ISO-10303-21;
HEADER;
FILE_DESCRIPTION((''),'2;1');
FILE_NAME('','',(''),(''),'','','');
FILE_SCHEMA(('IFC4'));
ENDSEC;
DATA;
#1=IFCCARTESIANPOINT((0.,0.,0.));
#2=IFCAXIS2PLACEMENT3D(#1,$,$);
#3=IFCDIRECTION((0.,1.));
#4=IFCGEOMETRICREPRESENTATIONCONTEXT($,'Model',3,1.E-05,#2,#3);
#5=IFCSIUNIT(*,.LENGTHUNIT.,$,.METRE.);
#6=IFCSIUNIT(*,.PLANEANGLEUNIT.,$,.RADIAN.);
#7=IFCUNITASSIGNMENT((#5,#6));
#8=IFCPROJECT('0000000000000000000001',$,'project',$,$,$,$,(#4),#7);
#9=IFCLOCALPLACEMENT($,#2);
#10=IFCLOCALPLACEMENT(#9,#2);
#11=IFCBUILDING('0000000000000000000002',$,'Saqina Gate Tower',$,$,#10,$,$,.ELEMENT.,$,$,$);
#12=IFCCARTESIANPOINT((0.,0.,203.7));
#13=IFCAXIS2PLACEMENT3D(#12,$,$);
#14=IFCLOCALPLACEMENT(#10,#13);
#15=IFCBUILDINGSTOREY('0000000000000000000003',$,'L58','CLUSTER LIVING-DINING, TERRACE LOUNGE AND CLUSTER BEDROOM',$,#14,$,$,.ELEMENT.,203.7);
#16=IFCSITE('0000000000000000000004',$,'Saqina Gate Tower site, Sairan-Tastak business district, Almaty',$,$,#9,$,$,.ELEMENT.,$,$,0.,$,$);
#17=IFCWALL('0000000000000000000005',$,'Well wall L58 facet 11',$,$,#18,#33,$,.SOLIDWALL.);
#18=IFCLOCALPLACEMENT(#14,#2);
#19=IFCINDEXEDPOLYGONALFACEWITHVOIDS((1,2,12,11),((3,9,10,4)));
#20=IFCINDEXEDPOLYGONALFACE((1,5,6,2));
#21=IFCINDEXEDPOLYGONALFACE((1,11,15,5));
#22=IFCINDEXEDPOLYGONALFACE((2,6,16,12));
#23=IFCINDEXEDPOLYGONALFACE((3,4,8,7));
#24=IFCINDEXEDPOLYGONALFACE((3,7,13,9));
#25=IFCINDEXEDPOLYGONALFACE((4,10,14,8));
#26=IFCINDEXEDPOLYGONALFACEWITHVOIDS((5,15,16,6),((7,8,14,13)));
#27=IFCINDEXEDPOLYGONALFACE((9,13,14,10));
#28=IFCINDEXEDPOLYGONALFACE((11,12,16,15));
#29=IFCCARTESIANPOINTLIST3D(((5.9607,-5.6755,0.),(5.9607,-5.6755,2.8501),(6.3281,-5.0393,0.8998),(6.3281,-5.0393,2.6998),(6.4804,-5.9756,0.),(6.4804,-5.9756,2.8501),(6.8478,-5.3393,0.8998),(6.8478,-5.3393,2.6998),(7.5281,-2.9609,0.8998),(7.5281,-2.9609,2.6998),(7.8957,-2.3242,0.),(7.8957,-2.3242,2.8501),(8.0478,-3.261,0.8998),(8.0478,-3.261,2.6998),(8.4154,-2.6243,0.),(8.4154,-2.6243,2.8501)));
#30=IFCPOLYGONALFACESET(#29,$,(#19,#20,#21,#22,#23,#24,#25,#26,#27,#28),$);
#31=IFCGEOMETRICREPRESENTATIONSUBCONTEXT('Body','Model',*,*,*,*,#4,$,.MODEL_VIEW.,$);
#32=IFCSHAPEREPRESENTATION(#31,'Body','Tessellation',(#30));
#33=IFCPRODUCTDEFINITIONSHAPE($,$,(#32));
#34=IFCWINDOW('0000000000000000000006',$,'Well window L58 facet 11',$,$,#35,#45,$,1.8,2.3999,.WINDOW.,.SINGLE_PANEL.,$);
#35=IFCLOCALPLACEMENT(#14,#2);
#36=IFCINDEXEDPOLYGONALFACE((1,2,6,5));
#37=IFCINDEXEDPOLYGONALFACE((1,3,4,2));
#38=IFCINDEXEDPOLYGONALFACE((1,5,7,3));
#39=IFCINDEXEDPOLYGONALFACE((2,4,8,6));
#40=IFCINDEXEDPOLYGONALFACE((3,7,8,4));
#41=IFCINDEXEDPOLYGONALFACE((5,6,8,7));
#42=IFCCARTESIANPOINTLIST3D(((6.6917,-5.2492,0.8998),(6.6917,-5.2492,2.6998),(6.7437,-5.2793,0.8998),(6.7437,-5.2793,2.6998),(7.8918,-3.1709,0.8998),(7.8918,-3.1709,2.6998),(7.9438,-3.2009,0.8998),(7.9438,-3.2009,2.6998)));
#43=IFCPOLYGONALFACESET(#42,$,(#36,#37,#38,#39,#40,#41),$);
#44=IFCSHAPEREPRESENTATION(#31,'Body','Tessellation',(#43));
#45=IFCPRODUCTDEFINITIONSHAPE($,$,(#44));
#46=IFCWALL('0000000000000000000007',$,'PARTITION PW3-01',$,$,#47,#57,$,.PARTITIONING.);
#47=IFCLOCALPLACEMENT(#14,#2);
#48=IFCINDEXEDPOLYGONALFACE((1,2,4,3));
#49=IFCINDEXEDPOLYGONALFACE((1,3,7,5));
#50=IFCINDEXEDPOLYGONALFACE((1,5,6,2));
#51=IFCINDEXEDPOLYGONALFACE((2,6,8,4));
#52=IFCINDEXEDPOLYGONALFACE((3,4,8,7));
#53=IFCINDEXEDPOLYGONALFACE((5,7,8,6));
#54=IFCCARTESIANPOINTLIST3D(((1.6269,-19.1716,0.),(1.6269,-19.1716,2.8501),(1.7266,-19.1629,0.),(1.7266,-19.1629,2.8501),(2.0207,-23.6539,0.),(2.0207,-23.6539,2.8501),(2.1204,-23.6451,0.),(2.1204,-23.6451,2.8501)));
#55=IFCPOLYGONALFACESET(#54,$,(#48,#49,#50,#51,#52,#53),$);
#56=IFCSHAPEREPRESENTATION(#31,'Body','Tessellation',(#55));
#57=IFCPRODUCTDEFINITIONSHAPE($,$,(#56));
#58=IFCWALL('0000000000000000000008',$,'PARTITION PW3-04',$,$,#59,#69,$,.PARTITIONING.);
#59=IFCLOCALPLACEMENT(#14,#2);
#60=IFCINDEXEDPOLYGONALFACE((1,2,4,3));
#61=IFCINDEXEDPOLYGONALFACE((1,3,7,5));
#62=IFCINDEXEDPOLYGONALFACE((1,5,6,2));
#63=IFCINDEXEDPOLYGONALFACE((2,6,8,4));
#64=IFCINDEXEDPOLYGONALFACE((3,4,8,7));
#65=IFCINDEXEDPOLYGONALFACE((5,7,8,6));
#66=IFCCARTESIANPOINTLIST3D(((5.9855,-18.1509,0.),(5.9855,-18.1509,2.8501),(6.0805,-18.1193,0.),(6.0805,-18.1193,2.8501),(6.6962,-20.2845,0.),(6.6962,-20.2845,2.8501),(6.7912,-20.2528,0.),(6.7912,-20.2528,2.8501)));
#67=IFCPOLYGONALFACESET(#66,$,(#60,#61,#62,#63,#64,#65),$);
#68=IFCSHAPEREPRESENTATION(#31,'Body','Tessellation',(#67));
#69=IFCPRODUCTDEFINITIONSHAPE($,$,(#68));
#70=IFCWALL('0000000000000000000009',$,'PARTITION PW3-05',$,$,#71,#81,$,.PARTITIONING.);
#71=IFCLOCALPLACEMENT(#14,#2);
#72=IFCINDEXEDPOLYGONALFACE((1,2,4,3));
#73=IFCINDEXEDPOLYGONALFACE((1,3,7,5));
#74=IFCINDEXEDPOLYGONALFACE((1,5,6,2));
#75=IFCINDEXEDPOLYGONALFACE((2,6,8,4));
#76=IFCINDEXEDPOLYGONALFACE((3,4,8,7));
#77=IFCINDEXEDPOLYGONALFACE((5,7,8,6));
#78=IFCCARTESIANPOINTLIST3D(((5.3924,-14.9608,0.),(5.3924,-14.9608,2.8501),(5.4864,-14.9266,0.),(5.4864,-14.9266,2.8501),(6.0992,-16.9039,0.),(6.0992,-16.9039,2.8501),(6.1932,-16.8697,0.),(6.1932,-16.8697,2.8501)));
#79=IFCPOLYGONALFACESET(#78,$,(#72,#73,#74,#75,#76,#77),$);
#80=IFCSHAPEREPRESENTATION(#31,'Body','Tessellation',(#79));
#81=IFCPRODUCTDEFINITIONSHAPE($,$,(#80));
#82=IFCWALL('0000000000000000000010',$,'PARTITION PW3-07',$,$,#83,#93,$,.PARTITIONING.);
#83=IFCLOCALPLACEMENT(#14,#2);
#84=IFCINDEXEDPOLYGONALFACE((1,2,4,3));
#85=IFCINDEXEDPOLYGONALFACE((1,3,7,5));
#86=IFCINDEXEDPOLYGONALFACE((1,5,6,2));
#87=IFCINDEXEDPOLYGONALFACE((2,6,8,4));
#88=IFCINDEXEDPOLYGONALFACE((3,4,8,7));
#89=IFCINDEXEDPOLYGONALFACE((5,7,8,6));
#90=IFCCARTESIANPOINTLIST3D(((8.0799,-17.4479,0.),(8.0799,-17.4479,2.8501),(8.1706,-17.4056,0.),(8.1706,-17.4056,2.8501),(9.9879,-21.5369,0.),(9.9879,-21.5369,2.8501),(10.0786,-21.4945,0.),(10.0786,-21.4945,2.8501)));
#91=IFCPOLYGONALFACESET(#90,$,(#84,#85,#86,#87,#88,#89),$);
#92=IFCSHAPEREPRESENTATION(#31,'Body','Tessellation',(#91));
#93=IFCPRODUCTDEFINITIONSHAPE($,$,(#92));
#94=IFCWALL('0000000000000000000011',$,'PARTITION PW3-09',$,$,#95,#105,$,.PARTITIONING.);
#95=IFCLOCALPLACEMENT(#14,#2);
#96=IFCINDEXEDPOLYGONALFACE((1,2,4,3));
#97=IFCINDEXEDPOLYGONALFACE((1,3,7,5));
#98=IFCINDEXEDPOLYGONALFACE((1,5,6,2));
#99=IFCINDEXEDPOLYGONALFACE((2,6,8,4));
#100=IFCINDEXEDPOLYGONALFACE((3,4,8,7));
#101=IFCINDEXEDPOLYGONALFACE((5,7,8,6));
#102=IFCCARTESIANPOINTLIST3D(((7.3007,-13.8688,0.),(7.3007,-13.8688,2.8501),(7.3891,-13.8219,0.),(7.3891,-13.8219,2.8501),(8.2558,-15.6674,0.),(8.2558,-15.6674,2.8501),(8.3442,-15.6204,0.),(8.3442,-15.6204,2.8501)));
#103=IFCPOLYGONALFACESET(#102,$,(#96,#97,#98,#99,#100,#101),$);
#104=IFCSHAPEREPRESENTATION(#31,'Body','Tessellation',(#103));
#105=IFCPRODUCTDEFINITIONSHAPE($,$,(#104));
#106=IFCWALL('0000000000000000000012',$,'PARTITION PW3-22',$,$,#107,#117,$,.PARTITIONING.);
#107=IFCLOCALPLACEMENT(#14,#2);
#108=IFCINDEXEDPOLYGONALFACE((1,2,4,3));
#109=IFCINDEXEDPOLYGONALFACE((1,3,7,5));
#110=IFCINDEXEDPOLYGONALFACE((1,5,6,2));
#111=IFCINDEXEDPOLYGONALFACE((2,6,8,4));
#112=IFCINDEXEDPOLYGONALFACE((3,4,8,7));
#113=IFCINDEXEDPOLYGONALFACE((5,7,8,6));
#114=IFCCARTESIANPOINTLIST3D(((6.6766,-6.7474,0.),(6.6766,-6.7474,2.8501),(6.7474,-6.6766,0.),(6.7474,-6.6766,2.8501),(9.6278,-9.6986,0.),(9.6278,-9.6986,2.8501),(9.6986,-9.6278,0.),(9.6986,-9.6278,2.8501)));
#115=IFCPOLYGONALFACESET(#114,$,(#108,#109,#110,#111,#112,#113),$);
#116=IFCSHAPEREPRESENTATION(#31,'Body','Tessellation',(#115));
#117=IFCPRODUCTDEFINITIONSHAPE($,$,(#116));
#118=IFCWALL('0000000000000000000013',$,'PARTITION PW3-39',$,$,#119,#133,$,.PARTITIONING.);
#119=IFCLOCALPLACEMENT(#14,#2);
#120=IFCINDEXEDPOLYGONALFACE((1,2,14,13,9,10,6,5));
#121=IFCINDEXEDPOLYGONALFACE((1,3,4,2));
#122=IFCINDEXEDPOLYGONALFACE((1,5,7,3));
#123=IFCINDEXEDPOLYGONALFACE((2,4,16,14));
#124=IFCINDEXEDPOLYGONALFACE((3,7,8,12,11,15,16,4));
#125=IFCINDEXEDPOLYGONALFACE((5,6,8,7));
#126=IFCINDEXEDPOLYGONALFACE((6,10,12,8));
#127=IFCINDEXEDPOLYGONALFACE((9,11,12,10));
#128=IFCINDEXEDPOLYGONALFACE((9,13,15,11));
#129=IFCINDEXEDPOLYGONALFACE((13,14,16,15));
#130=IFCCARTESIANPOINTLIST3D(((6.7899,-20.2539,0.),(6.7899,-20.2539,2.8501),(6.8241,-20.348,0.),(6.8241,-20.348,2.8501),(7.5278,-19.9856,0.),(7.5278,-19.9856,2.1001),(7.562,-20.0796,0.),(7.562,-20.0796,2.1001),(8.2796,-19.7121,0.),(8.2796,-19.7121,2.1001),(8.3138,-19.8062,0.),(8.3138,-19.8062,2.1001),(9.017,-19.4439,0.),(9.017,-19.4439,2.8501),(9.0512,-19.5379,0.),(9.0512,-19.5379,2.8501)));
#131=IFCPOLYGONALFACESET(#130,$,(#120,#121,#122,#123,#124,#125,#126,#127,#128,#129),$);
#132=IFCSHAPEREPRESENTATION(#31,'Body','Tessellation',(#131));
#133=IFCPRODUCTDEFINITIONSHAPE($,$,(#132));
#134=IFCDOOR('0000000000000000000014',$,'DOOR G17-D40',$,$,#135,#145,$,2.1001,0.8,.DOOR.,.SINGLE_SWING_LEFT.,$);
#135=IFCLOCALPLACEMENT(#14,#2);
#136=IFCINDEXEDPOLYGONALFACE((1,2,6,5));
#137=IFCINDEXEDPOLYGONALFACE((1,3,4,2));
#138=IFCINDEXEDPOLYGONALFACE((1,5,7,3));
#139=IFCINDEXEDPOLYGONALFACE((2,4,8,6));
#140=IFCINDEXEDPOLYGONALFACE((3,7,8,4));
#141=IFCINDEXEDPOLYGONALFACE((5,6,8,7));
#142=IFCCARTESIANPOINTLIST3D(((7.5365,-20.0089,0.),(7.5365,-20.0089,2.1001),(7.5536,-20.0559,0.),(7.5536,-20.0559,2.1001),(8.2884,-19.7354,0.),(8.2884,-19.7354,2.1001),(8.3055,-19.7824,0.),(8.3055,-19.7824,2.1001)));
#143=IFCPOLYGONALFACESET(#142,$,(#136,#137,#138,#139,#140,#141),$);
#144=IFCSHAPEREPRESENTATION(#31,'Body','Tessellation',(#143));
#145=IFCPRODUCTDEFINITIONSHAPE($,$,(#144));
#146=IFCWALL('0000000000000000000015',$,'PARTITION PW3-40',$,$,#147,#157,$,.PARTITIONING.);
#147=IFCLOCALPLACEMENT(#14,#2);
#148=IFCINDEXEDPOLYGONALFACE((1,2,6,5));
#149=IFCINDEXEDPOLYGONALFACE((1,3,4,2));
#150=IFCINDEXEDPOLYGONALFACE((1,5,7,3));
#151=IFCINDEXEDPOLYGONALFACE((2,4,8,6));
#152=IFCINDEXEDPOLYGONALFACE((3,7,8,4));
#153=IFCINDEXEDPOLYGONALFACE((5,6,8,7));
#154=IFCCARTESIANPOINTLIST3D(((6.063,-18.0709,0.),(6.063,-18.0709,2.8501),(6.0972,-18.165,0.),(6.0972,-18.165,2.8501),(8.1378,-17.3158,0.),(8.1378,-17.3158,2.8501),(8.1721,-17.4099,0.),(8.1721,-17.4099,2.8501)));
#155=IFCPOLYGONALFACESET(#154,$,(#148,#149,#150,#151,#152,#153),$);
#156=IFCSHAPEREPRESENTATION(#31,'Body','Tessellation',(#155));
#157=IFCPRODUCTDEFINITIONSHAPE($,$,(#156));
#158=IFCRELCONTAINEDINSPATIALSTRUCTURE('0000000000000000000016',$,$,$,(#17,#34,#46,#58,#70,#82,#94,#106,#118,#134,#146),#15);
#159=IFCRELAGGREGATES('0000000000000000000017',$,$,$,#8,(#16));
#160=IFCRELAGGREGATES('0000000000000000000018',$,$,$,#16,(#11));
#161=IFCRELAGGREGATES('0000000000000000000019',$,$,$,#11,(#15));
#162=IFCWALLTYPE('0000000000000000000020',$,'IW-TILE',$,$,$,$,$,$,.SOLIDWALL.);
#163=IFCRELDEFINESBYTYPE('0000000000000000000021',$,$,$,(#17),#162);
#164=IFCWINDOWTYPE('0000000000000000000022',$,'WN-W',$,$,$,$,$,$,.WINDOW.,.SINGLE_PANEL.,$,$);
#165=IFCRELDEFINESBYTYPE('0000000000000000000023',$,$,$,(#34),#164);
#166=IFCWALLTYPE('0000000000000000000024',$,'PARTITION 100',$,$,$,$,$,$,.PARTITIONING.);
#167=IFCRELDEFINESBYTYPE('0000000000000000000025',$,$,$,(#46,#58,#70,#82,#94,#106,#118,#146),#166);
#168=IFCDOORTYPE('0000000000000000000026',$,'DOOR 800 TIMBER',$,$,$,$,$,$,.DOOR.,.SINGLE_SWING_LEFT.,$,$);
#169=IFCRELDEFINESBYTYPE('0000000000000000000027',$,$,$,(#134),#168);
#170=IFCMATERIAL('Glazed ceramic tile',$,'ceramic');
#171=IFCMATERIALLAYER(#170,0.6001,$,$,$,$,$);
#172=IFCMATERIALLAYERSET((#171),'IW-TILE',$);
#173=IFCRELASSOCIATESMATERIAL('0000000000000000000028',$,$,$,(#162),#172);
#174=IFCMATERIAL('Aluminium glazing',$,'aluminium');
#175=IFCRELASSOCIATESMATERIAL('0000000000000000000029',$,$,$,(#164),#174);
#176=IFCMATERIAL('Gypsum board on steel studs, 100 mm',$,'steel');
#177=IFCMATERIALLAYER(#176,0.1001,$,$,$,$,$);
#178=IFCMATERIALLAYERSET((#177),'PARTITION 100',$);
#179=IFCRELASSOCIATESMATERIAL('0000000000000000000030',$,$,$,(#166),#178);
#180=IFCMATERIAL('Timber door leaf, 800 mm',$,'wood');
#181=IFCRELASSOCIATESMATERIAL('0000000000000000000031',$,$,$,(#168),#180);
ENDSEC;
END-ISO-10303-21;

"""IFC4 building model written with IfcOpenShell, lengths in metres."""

from ifc_helpers import new_model, si_unit, direction, frame, frame_2d, origin, place, context, subcontext, project, spatial, rectangle, extrude, material, layer, layer_set, type_object, element, fill, save


model = new_model("IFC4")

# Units and contexts
model_context = context("Model", 3, precision=1e-05, world=origin(), true_north=direction((0.0, 1.0)))
body_context = subcontext(model_context, "Body", "Model", "MODEL_VIEW")
ifc_project = project(units=[si_unit("LENGTHUNIT", "METRE"), si_unit("PLANEANGLEUNIT", "RADIAN")], contexts=[model_context])

# Site, building, storey
site_placement = place(None, origin())
site = spatial("IfcSite", under=ifc_project, at=site_placement, Name="Saqina Gate Tower site, Sairan-Tastak business district, Almaty", CompositionType="ELEMENT", RefElevation=0.0)
building_placement = place(site_placement, origin())
building = spatial("IfcBuilding", under=site, at=building_placement, Name="Saqina Gate Tower", CompositionType="ELEMENT")
storey_placement = place(building_placement, frame((0.0, 0.0, 203.7)))
storey = spatial("IfcBuildingStorey", under=building, at=storey_placement, Name="L58", Description="CLUSTER LIVING-DINING, TERRACE LOUNGE AND CLUSTER BEDROOM", CompositionType="ELEMENT", Elevation=203.7)

# Wall, opening, window
ifc_material_1 = material(Name="Glazed ceramic tile", Category="ceramic")
ifc_layer_1 = layer(ifc_material_1, 0.6001)
ifc_layer_set_1 = layer_set([ifc_layer_1], Name="IW-TILE")
wall_type_1 = type_object("IfcWallType", Name="IW-TILE", PredefinedType="SOLIDWALL", material=ifc_layer_set_1)
ifc_material_2 = material(Name="Aluminium glazing", Category="aluminium")
window_type_1 = type_object("IfcWindowType", Name="WN-W", PartitioningType="SINGLE_PANEL", PredefinedType="WINDOW", material=ifc_material_2)
wall_1_placement = place(storey_placement, frame((6.2205, -5.8257, 0.0), z_axis=(0.0, 0.0, 1.0), x_axis=(0.500034, 0.866006, 0.0)))
wall_1 = element("IfcWall", 1, at=wall_1_placement, inside=storey, type_object=wall_type_1, Name="Well wall L58 facet 11", PredefinedType="SOLIDWALL", context=body_context, shape_type="SweptSolid", body=[
    extrude(rectangle(XDim=3.8699, YDim=0.6001, at=frame_2d((1.9351, 0.0))), origin(), (0.0, 0.0, 1.0), 2.8501),
])
opening_1_placement = place(wall_1_placement, frame((0.7349, 0.0, 0.8999)))
opening_1 = element("IfcOpeningElement", 2, at=opening_1_placement, cuts=wall_1, PredefinedType="OPENING", context=body_context, shape_type="SweptSolid", body=[
    extrude(rectangle(XDim=2.3999, YDim=1.8, at=frame_2d((1.2, 0.8999))), frame((0.0, 0.312, 0.0), z_axis=(0.0, -1.0, 0.0), x_axis=(1.0, 0.0, 0.0)), (0.0, 0.0, 1.0), 0.624),
])
window_1_placement = place(opening_1_placement, origin())
window_1 = element("IfcWindow", 3, at=window_1_placement, inside=storey, type_object=window_type_1, Name="Well window L58 facet 11", OverallHeight=1.8, OverallWidth=2.3999, PartitioningType="SINGLE_PANEL", PredefinedType="WINDOW", context=body_context, shape_type="SweptSolid", body=[
    extrude(rectangle(XDim=2.3999, YDim=1.8, at=frame_2d((1.2, 0.8999))), frame((0.0, -0.1199, 0.0), z_axis=(0.0, -1.0, 0.0), x_axis=(1.0, 0.0, 0.0)), (0.0, 0.0, 1.0), 0.0601),
])
fill(opening_1, window_1)

# Walls
ifc_material_3 = material(Name="Gypsum board on steel studs, 100 mm", Category="steel")
ifc_layer_2 = layer(ifc_material_3, 0.1001)
ifc_layer_set_2 = layer_set([ifc_layer_2], Name="PARTITION 100")
wall_type_2 = type_object("IfcWallType", Name="PARTITION 100", PredefinedType="PARTITIONING", material=ifc_layer_set_2)
wall_2_placement = place(storey_placement, frame((1.6768, -19.1672, 0.0), z_axis=(0.0, 0.0, 1.0), x_axis=(0.087522, -0.996163, 0.0)))
element("IfcWall", 4, at=wall_2_placement, inside=storey, type_object=wall_type_2, Name="PARTITION PW3-01", PredefinedType="PARTITIONING", context=body_context, shape_type="SweptSolid", body=[
    extrude(rectangle(XDim=4.4995, YDim=0.1001, at=frame_2d((2.2498, 0.0))), origin(), (0.0, 0.0, 1.0), 2.8501),
])
wall_3_placement = place(storey_placement, frame((6.033, -18.135, 0.0), z_axis=(0.0, 0.0, 1.0), x_axis=(0.316032, -0.948748, 0.0)))
element("IfcWall", 5, at=wall_3_placement, inside=storey, type_object=wall_type_2, Name="PARTITION PW3-04", PredefinedType="PARTITIONING", context=body_context, shape_type="SweptSolid", body=[
    extrude(rectangle(XDim=2.2488, YDim=0.1001, at=frame_2d((1.1245, 0.0))), origin(), (0.0, 0.0, 1.0), 2.8501),
])
wall_4_placement = place(storey_placement, frame((5.4395, -14.9438, 0.0), z_axis=(0.0, 0.0, 1.0), x_axis=(0.341828, -0.939762, 0.0)))
element("IfcWall", 6, at=wall_4_placement, inside=storey, type_object=wall_type_2, Name="PARTITION PW3-05", PredefinedType="PARTITIONING", context=body_context, shape_type="SweptSolid", body=[
    extrude(rectangle(XDim=2.0676, YDim=0.1001, at=frame_2d((1.0337, 0.0))), origin(), (0.0, 0.0, 1.0), 2.8501),
])
wall_5_placement = place(storey_placement, frame((8.1252, -17.4268, 0.0), z_axis=(0.0, 0.0, 1.0), x_axis=(0.422853, -0.906198, 0.0)))
element("IfcWall", 7, at=wall_5_placement, inside=storey, type_object=wall_type_2, Name="PARTITION PW3-07", PredefinedType="PARTITIONING", context=body_context, shape_type="SweptSolid", body=[
    extrude(rectangle(XDim=4.5122, YDim=0.1001, at=frame_2d((2.2561, 0.0))), origin(), (0.0, 0.0, 1.0), 2.8501),
])
wall_6_placement = place(storey_placement, frame((7.345, -13.8455, 0.0), z_axis=(0.0, 0.0, 1.0), x_axis=(0.468995, -0.883201, 0.0)))
element("IfcWall", 8, at=wall_6_placement, inside=storey, type_object=wall_type_2, Name="PARTITION PW3-09", PredefinedType="PARTITIONING", context=body_context, shape_type="SweptSolid", body=[
    extrude(rectangle(XDim=2.0364, YDim=0.1001, at=frame_2d((1.0181, 0.0))), origin(), (0.0, 0.0, 1.0), 2.8501),
])
wall_7_placement = place(storey_placement, frame((6.7119, -6.7119, 0.0), z_axis=(0.0, 0.0, 1.0), x_axis=(0.707107, -0.707107, 0.0)))
element("IfcWall", 9, at=wall_7_placement, inside=storey, type_object=wall_type_2, Name="PARTITION PW3-22", PredefinedType="PARTITIONING", context=body_context, shape_type="SweptSolid", body=[
    extrude(rectangle(XDim=4.1736, YDim=0.1001, at=frame_2d((2.0869, 0.0))), origin(), (0.0, 0.0, 1.0), 2.8501),
])

# Wall, opening, door
wall_8_placement = place(storey_placement, frame((6.8069, -20.301, 0.0), z_axis=(0.0, 0.0, 1.0), x_axis=(0.939763, 0.341826, 0.0)))
wall_8 = element("IfcWall", 10, at=wall_8_placement, inside=storey, type_object=wall_type_2, Name="PARTITION PW3-39", PredefinedType="PARTITIONING", context=body_context, shape_type="SweptSolid", body=[
    extrude(rectangle(XDim=2.3699, YDim=0.1001, at=frame_2d((1.1851, 0.0))), origin(), (0.0, 0.0, 1.0), 2.8501),
])
opening_2_placement = place(wall_8_placement, frame((0.7854, 0.0, 0.0)))
opening_2 = element("IfcOpeningElement", 11, at=opening_2_placement, cuts=wall_8, PredefinedType="OPENING", context=body_context, shape_type="SweptSolid", body=[
    extrude(rectangle(XDim=0.8, YDim=2.1001, at=frame_2d((0.3999, 1.05))), frame((0.0, 0.062, 0.0), z_axis=(0.0, -1.0, 0.0), x_axis=(1.0, 0.0, 0.0)), (0.0, 0.0, 1.0), 0.124),
])
ifc_material_4 = material(Name="Timber door leaf, 800 mm", Category="wood")
door_type_1 = type_object("IfcDoorType", Name="DOOR 800 TIMBER", OperationType="SINGLE_SWING_LEFT", PredefinedType="DOOR", material=ifc_material_4)
door_1_placement = place(opening_2_placement, frame((0.8, 0.0, 0.0), z_axis=(0.0, 0.0, 1.0), x_axis=(-1.0, 0.0, 0.0)))
door_1 = element("IfcDoor", 12, at=door_1_placement, inside=storey, type_object=door_type_1, Name="DOOR G17-D40", OperationType="SINGLE_SWING_LEFT", OverallHeight=2.1001, OverallWidth=0.8, PredefinedType="DOOR", context=body_context, shape_type="SweptSolid", body=[
    extrude(rectangle(XDim=0.8, YDim=2.1001, at=frame_2d((0.3999, 1.05))), frame((0.0, 0.0249, 0.0), z_axis=(0.0, -1.0, 0.0), x_axis=(1.0, 0.0, 0.0)), (0.0, 0.0, 1.0), 0.05),
])
fill(opening_2, door_1)

# Wall
wall_9_placement = place(storey_placement, frame((6.0801, -18.1179, 0.0), z_axis=(0.0, 0.0, 1.0), x_axis=(0.939706, 0.341983, 0.0)))
element("IfcWall", 13, at=wall_9_placement, inside=storey, type_object=wall_type_2, Name="PARTITION PW3-40", PredefinedType="PARTITIONING", context=body_context, shape_type="SweptSolid", body=[
    extrude(rectangle(XDim=2.208, YDim=0.1001, at=frame_2d((1.104, 0.0))), origin(), (0.0, 0.0, 1.0), 2.8501),
])

save(model, "model.ifc")
